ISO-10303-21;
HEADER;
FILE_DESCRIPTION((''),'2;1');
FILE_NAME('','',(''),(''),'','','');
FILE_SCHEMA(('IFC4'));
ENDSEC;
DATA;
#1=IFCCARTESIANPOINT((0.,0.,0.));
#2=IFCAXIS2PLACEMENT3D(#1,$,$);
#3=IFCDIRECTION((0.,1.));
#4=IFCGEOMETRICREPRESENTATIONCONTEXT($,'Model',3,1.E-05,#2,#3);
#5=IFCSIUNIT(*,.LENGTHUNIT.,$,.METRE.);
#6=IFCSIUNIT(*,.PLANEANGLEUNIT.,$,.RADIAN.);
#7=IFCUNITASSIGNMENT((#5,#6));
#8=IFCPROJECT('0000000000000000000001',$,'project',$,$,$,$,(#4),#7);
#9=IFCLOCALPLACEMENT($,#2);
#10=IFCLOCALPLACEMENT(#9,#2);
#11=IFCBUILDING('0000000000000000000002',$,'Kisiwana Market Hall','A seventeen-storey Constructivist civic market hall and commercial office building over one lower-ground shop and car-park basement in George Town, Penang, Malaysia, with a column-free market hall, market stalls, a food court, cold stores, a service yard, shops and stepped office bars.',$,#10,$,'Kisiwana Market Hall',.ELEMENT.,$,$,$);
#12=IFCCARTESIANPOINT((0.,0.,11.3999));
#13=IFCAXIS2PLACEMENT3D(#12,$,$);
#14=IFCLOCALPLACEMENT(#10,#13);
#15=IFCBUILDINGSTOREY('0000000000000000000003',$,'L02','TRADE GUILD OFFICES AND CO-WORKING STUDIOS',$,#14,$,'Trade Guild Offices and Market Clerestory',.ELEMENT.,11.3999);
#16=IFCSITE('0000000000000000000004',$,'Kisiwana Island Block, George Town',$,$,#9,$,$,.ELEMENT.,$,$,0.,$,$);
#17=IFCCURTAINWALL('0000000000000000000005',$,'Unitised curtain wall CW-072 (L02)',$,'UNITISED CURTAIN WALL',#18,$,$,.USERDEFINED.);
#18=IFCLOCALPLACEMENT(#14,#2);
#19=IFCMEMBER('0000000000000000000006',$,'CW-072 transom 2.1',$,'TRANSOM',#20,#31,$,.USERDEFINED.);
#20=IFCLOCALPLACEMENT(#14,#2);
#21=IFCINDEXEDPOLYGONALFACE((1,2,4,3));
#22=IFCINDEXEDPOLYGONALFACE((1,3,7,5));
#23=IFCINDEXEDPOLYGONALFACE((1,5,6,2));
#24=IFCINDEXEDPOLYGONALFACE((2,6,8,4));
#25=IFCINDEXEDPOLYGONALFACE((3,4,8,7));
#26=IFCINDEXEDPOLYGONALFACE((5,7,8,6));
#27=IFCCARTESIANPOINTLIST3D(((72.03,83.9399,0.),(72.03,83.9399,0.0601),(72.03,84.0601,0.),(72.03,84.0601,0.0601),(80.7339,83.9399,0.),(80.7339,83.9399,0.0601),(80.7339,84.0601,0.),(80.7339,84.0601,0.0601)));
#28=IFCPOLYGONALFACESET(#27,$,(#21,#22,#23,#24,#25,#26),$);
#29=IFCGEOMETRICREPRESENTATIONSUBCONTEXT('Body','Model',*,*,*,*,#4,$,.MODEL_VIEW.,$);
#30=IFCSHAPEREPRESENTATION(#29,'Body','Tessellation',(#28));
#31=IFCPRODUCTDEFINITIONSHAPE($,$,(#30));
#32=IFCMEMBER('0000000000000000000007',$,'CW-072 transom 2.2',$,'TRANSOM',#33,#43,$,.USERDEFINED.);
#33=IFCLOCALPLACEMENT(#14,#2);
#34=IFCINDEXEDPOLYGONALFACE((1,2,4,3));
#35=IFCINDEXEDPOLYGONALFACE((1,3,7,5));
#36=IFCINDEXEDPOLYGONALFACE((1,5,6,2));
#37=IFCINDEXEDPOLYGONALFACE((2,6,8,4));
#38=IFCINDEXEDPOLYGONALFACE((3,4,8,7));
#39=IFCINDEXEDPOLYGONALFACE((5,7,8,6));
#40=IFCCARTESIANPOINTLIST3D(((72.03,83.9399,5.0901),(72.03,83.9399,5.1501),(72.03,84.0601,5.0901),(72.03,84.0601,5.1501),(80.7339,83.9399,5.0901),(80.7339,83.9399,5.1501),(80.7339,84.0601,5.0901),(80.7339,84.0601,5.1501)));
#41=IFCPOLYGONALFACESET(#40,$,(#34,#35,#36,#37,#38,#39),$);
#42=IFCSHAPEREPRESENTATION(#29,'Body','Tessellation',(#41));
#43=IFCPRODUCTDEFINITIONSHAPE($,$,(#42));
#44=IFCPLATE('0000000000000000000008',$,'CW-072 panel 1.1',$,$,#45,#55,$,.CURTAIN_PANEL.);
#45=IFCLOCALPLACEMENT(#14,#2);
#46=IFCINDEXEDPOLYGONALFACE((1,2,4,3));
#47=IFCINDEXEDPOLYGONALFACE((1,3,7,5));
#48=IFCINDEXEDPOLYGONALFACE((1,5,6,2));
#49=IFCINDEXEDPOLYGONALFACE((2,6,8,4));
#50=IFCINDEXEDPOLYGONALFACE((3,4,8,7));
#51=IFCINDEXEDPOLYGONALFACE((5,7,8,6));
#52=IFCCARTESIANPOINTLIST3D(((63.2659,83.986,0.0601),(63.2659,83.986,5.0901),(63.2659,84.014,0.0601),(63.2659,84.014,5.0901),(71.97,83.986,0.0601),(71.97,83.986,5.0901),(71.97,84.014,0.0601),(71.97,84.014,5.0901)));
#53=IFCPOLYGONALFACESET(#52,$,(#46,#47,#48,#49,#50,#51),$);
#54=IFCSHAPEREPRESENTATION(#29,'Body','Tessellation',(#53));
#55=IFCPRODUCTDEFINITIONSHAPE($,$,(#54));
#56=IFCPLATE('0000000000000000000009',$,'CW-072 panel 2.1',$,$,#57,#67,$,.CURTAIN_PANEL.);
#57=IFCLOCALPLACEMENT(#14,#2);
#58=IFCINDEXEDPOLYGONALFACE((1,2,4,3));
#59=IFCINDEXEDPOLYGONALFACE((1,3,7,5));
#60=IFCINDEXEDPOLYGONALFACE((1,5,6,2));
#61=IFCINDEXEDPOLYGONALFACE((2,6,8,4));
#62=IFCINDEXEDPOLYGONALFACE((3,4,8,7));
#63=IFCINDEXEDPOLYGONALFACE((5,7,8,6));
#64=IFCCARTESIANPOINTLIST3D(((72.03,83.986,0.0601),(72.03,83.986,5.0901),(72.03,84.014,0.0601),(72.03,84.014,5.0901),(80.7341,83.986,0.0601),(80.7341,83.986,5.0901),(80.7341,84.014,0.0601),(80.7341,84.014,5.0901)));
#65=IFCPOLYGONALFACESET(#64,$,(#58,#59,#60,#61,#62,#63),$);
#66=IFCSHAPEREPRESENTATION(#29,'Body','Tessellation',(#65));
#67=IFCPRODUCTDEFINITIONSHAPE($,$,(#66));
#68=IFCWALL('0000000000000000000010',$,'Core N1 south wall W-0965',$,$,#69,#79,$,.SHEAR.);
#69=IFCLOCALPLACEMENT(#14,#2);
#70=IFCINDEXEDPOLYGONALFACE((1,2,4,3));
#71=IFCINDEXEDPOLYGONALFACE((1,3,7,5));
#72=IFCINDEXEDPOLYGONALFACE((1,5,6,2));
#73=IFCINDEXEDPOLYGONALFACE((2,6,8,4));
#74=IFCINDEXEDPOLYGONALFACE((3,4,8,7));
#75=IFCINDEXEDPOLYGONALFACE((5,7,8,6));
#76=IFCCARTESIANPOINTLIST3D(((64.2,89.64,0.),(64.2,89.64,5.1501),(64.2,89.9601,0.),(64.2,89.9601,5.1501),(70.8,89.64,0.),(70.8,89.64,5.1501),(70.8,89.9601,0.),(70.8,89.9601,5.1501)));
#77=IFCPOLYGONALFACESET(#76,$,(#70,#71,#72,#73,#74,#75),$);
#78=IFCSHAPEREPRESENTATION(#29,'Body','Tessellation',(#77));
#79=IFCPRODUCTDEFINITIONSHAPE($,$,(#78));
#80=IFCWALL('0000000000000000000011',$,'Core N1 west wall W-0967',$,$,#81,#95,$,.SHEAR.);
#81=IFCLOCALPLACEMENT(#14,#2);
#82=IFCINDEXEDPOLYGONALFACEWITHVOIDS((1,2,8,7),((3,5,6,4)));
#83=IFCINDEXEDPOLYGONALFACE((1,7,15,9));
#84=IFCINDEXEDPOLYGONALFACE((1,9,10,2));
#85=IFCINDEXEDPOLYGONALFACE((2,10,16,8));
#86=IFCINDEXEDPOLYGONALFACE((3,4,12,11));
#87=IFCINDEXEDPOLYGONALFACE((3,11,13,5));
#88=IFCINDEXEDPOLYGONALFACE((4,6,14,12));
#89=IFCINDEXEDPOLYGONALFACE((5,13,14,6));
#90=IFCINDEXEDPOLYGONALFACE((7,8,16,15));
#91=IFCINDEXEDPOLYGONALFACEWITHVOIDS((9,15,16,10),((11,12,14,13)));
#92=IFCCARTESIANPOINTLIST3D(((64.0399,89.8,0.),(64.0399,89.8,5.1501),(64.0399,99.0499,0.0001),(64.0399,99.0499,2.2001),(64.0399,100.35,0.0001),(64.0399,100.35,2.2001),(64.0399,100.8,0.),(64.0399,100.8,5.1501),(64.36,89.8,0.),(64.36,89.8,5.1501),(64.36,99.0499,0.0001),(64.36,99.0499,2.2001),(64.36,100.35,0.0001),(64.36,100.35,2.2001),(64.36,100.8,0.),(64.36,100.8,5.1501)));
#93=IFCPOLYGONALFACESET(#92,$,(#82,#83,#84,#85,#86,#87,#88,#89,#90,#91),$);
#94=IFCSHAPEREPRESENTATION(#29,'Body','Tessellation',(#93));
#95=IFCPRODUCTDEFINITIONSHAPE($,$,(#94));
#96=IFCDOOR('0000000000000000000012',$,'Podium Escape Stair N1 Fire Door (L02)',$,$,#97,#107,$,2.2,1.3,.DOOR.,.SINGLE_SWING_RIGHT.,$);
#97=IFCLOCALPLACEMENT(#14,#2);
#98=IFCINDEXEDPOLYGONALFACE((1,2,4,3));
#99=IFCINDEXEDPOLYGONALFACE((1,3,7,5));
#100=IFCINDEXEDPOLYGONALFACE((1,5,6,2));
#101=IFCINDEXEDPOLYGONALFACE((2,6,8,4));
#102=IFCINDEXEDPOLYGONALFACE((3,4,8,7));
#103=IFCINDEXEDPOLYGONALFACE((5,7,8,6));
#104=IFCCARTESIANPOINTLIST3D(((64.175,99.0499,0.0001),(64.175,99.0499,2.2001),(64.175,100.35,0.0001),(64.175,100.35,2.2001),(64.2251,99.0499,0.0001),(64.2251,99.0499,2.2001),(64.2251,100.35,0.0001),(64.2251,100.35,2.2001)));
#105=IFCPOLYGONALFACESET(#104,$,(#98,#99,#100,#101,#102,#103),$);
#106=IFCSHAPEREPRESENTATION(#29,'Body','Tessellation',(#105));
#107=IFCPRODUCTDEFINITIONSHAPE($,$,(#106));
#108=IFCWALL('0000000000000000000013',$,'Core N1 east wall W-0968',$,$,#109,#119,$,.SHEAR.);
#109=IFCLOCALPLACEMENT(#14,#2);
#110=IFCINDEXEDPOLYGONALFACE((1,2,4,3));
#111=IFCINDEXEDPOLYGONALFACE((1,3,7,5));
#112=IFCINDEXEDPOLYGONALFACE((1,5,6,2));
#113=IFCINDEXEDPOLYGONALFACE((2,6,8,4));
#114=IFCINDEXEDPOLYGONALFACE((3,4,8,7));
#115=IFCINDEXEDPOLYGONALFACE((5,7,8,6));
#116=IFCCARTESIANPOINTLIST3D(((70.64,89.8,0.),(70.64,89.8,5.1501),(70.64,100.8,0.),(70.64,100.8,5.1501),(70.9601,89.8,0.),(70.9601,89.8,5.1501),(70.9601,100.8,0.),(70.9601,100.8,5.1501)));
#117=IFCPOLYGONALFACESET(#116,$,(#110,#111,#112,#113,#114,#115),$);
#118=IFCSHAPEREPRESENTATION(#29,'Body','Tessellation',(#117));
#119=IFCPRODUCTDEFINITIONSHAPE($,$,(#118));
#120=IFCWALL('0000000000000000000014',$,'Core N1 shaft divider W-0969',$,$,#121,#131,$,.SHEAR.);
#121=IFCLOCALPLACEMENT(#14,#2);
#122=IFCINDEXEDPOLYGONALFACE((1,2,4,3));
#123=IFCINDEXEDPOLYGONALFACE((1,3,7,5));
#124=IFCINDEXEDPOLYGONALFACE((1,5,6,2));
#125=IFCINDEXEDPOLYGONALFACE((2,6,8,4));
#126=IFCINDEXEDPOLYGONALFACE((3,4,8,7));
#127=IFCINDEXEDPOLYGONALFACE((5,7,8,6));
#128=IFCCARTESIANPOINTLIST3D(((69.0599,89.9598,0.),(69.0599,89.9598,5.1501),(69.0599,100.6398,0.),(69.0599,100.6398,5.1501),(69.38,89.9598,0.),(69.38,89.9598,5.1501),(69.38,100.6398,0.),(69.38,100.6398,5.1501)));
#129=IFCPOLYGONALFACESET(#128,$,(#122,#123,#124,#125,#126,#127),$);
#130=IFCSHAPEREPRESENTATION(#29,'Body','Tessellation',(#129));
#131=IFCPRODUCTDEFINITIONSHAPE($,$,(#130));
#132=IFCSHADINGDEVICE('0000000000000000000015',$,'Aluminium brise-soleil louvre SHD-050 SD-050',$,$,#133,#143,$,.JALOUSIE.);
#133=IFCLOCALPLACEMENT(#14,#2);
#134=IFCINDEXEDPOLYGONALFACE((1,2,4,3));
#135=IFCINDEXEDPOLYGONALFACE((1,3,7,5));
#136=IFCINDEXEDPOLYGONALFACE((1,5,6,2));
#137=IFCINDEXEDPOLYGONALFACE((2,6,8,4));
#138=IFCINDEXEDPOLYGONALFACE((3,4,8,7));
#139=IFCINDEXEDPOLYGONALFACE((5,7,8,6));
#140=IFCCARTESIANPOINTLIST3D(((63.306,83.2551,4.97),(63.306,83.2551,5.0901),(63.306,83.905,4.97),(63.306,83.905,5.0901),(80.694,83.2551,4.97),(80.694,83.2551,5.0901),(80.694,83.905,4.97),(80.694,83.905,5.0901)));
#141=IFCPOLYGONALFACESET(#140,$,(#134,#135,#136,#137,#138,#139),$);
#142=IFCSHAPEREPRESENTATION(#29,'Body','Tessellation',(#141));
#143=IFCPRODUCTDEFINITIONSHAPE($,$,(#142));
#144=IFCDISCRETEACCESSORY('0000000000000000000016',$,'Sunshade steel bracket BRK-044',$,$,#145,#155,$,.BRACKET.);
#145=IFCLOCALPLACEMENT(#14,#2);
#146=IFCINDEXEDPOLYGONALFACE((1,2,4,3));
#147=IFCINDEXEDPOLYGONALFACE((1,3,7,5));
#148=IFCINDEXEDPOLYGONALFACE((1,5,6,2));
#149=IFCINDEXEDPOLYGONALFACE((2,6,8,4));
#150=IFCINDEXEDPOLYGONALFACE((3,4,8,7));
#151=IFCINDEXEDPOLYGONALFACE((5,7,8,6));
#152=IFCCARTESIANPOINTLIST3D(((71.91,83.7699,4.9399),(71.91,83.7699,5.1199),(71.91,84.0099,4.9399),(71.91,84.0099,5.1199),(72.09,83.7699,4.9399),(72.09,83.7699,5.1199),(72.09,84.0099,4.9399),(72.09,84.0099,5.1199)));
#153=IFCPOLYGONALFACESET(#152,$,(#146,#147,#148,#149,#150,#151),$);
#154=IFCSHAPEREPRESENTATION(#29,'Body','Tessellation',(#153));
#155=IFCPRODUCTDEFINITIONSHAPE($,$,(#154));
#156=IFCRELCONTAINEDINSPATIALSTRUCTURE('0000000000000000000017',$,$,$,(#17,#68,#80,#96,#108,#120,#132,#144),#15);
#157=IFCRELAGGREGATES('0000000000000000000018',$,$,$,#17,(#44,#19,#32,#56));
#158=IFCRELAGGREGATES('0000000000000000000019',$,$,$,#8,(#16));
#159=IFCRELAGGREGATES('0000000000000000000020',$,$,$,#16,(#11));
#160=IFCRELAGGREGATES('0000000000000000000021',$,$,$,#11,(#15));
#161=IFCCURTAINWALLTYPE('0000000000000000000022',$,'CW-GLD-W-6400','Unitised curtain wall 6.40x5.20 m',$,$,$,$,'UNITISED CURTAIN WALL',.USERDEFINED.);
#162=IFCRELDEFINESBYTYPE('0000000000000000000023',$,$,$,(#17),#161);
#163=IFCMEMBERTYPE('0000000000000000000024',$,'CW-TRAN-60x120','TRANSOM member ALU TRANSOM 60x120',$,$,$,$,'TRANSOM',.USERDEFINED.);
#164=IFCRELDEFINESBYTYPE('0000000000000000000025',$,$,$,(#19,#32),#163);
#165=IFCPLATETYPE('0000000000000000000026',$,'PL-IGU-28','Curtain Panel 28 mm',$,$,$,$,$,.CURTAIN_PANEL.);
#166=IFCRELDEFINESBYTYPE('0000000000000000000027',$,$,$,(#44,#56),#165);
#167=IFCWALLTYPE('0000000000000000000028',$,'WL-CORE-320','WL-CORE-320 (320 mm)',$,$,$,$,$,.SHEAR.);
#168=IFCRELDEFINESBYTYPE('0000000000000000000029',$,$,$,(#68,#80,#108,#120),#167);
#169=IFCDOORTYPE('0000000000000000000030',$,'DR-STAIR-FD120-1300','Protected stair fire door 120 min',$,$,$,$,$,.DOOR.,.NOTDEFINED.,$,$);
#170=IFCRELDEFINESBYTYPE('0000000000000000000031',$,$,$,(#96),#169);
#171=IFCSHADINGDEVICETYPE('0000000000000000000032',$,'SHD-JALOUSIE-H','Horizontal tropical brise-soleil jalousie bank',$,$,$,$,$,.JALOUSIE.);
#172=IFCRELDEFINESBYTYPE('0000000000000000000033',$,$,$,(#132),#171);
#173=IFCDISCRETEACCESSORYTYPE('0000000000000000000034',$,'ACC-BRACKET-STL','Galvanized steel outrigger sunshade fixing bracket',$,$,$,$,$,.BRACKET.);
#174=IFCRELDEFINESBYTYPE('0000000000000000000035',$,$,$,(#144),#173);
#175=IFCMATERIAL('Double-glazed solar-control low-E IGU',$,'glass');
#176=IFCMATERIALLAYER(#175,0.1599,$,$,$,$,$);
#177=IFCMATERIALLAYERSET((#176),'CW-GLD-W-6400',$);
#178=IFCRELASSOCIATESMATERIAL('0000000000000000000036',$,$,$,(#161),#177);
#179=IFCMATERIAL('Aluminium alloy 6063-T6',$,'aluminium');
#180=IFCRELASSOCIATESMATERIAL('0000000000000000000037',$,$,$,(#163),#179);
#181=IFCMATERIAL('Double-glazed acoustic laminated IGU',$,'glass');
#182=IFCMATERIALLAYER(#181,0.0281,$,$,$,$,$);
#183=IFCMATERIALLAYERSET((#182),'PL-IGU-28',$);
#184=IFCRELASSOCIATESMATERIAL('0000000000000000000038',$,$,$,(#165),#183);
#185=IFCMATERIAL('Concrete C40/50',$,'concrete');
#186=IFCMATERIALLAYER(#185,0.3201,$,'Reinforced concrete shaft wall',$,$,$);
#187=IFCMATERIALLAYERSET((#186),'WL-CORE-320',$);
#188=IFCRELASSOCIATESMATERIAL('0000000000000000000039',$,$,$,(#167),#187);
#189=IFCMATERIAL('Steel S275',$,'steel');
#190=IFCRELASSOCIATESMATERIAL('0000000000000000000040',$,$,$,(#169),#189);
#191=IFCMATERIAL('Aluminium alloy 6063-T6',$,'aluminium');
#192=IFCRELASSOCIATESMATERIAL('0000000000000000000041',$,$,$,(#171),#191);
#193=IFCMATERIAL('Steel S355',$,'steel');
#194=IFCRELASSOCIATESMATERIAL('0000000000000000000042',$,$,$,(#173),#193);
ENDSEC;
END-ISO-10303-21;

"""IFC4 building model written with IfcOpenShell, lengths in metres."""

from ifc_helpers import new_model, si_unit, direction, frame, frame_2d, origin, origin_2d, place, context, subcontext, project, spatial, rectangle, extrude, material, layer, layer_set, material_profile, profile_set, type_object, element, fill, aggregate, save


model = new_model("IFC4")

# Units and contexts
model_context = context("Model", 3, precision=1e-05, world=origin(), true_north=direction((0.0, 1.0)))
body_context = subcontext(model_context, "Body", "Model", "MODEL_VIEW")
ifc_project = project(units=[si_unit("LENGTHUNIT", "METRE"), si_unit("PLANEANGLEUNIT", "RADIAN")], contexts=[model_context])

# Site, building, storey
site_placement = place(None, origin())
site = spatial("IfcSite", under=ifc_project, at=site_placement, Name="Kisiwana Island Block, George Town", CompositionType="ELEMENT", RefElevation=0.0)
building_placement = place(site_placement, origin())
building = spatial("IfcBuilding", under=site, at=building_placement, Name="Kisiwana Market Hall", Description="A seventeen-storey Constructivist civic market hall and commercial office building over one lower-ground shop and car-park basement in George Town, Penang, Malaysia, with a column-free market hall, market stalls, a food court, cold stores, a service yard, shops and stepped office bars.", LongName="Kisiwana Market Hall", CompositionType="ELEMENT")
storey_placement = place(building_placement, frame((0.0, 0.0, 11.3999)))
storey = spatial("IfcBuildingStorey", under=building, at=storey_placement, Name="L02", Description="TRADE GUILD OFFICES AND CO-WORKING STUDIOS", LongName="Trade Guild Offices and Market Clerestory", CompositionType="ELEMENT", Elevation=11.3999)

# Curtain wall, members, plates
ifc_material_1 = material(Name="Double-glazed solar-control low-E IGU", Category="glass")
ifc_layer_1 = layer(ifc_material_1, 0.1599)
ifc_layer_set_1 = layer_set([ifc_layer_1], Name="CW-GLD-W-6400")
curtain_wall_type = type_object("IfcCurtainWallType", Name="CW-GLD-W-6400", Description="Unitised curtain wall 6.40x5.20 m", ElementType="UNITISED CURTAIN WALL", PredefinedType="USERDEFINED", material=ifc_layer_set_1)
curtain_wall_placement = place(storey_placement, origin())
curtain_wall = element("IfcCurtainWall", 1, at=curtain_wall_placement, inside=storey, type_object=curtain_wall_type, Name="Unitised curtain wall CW-072 (L02)", ObjectType="UNITISED CURTAIN WALL", PredefinedType="USERDEFINED")
ifc_material_2 = material(Name="Aluminium alloy 6063-T6", Category="aluminium")
ifc_material_profile_1 = material_profile(ifc_material_2, rectangle(XDim=0.1201, YDim=0.0601, at=origin_2d()), Name="ALU TRANSOM 60x120")
ifc_profile_set_1 = profile_set([ifc_material_profile_1], Name="Aluminium alloy 6063-T6")
member_type_1 = type_object("IfcMemberType", Name="CW-TRAN-60x120", Description="TRANSOM member ALU TRANSOM 60x120", ElementType="TRANSOM", PredefinedType="USERDEFINED", material=ifc_profile_set_1)
member_1_placement = place(storey_placement, frame((72.03, 84.0, 0.03), z_axis=(1.0, 0.0, 0.0), x_axis=(0.0, 1.0, 0.0)))
member_1 = element("IfcMember", 2, at=member_1_placement, type_object=member_type_1, Name="CW-072 transom 2.1", ObjectType="TRANSOM", PredefinedType="USERDEFINED", context=body_context, shape_type="SweptSolid", body=[
    extrude(rectangle(XDim=0.1201, YDim=0.0601, at=origin_2d()), origin(), (0.0, 0.0, 1.0), 8.7039),
])
member_2_placement = place(storey_placement, frame((72.03, 84.0, 5.1201), z_axis=(1.0, 0.0, 0.0), x_axis=(0.0, 1.0, 0.0)))
member_2 = element("IfcMember", 3, at=member_2_placement, type_object=member_type_1, Name="CW-072 transom 2.2", ObjectType="TRANSOM", PredefinedType="USERDEFINED", context=body_context, shape_type="SweptSolid", body=[
    extrude(rectangle(XDim=0.1201, YDim=0.0601, at=origin_2d()), origin(), (0.0, 0.0, 1.0), 8.7039),
])
ifc_material_3 = material(Name="Double-glazed acoustic laminated IGU", Category="glass")
ifc_layer_2 = layer(ifc_material_3, 0.0281)
ifc_layer_set_2 = layer_set([ifc_layer_2], Name="PL-IGU-28")
plate_type = type_object("IfcPlateType", Name="PL-IGU-28", Description="Curtain Panel 28 mm", PredefinedType="CURTAIN_PANEL", material=ifc_layer_set_2)
plate_1_placement = place(storey_placement, frame((67.6179, 84.0, 0.0601), z_axis=(0.0, 0.0, 1.0), x_axis=(1.0, 0.0, 0.0)))
plate_1 = element("IfcPlate", 4, at=plate_1_placement, type_object=plate_type, Name="CW-072 panel 1.1", PredefinedType="CURTAIN_PANEL", context=body_context, shape_type="SweptSolid", body=[
    extrude(rectangle(XDim=8.7041, YDim=0.0281, at=origin_2d()), origin(), (0.0, 0.0, 1.0), 5.03),
])
plate_2_placement = place(storey_placement, frame((76.3821, 84.0, 0.0601), z_axis=(0.0, 0.0, 1.0), x_axis=(1.0, 0.0, 0.0)))
plate_2 = element("IfcPlate", 5, at=plate_2_placement, type_object=plate_type, Name="CW-072 panel 2.1", PredefinedType="CURTAIN_PANEL", context=body_context, shape_type="SweptSolid", body=[
    extrude(rectangle(XDim=8.7041, YDim=0.0281, at=origin_2d()), origin(), (0.0, 0.0, 1.0), 5.03),
])
aggregate(curtain_wall, [plate_1, member_1, member_2, plate_2])

# Wall
ifc_material_4 = material(Name="Concrete C40/50", Category="concrete")
ifc_layer_3 = layer(ifc_material_4, 0.3201, Name="Reinforced concrete shaft wall")
ifc_layer_set_3 = layer_set([ifc_layer_3], Name="WL-CORE-320")
wall_type = type_object("IfcWallType", Name="WL-CORE-320", Description="WL-CORE-320 (320 mm)", PredefinedType="SHEAR", material=ifc_layer_set_3)
wall_1_placement = place(storey_placement, frame((64.2, 89.8, 0.0), z_axis=(0.0, 0.0, 1.0), x_axis=(1.0, 0.0, 0.0)))
element("IfcWall", 6, at=wall_1_placement, inside=storey, type_object=wall_type, Name="Core N1 south wall W-0965", PredefinedType="SHEAR", context=body_context, shape_type="SweptSolid", body=[
    extrude(rectangle(XDim=6.6001, YDim=0.3201, at=frame_2d((3.3, 0.0))), origin(), (0.0, 0.0, 1.0), 5.1501),
])

# Wall, opening, door
wall_2_placement = place(storey_placement, frame((64.2, 89.8, 0.0), z_axis=(0.0, 0.0, 1.0), x_axis=(0.0, 1.0, 0.0)))
wall_2 = element("IfcWall", 7, at=wall_2_placement, inside=storey, type_object=wall_type, Name="Core N1 west wall W-0967", PredefinedType="SHEAR", context=body_context, shape_type="SweptSolid", body=[
    extrude(rectangle(XDim=11.0, YDim=0.3201, at=frame_2d((5.5, 0.0))), origin(), (0.0, 0.0, 1.0), 5.1501),
])
opening_placement = place(wall_2_placement, frame((9.25, 0.0, 0.0)))
opening = element("IfcOpeningElement", 8, at=opening_placement, cuts=wall_2, PredefinedType="OPENING", context=body_context, shape_type="SweptSolid", body=[
    extrude(rectangle(XDim=1.3, YDim=2.2, at=frame_2d((0.6499, 1.1001))), frame((0.0, 0.1719, 0.0), z_axis=(0.0, -1.0, 0.0), x_axis=(1.0, 0.0, 0.0)), (0.0, 0.0, 1.0), 0.344),
])
ifc_material_5 = material(Name="Steel S275", Category="steel")
door_type = type_object("IfcDoorType", Name="DR-STAIR-FD120-1300", Description="Protected stair fire door 120 min", OperationType="NOTDEFINED", PredefinedType="DOOR", material=ifc_material_5)
door_placement = place(opening_placement, origin())
door = element("IfcDoor", 9, at=door_placement, inside=storey, type_object=door_type, Name="Podium Escape Stair N1 Fire Door (L02)", OperationType="SINGLE_SWING_RIGHT", OverallHeight=2.2, OverallWidth=1.3, PredefinedType="DOOR", context=body_context, shape_type="SweptSolid", body=[
    extrude(rectangle(XDim=1.3, YDim=2.2, at=frame_2d((0.6499, 1.1001))), frame((0.0, 0.0249, 0.0), z_axis=(0.0, -1.0, 0.0), x_axis=(1.0, 0.0, 0.0)), (0.0, 0.0, 1.0), 0.05),
])
fill(opening, door)

# Walls
wall_3_placement = place(storey_placement, frame((70.8, 89.8, 0.0), z_axis=(0.0, 0.0, 1.0), x_axis=(0.0, 1.0, 0.0)))
element("IfcWall", 10, at=wall_3_placement, inside=storey, type_object=wall_type, Name="Core N1 east wall W-0968", PredefinedType="SHEAR", context=body_context, shape_type="SweptSolid", body=[
    extrude(rectangle(XDim=11.0, YDim=0.3201, at=frame_2d((5.5, 0.0))), origin(), (0.0, 0.0, 1.0), 5.1501),
])
wall_4_placement = place(storey_placement, frame((69.22, 89.96, 0.0), z_axis=(0.0, 0.0, 1.0), x_axis=(0.0, 1.0, 0.0)))
element("IfcWall", 11, at=wall_4_placement, inside=storey, type_object=wall_type, Name="Core N1 shaft divider W-0969", PredefinedType="SHEAR", context=body_context, shape_type="SweptSolid", body=[
    extrude(rectangle(XDim=10.6799, YDim=0.3201, at=frame_2d((5.3398, 0.0))), origin(), (0.0, 0.0, 1.0), 5.1501),
])

# Shading device
ifc_material_6 = material(Name="Aluminium alloy 6063-T6", Category="aluminium")
shading_device_type = type_object("IfcShadingDeviceType", Name="SHD-JALOUSIE-H", Description="Horizontal tropical brise-soleil jalousie bank", PredefinedType="JALOUSIE", material=ifc_material_6)
shading_device_placement = place(storey_placement, frame((72.0, 83.5801, 4.97), z_axis=(0.0, 0.0, 1.0), x_axis=(1.0, 0.0, 0.0)))
element("IfcShadingDevice", 12, at=shading_device_placement, inside=storey, type_object=shading_device_type, Name="Aluminium brise-soleil louvre SHD-050 SD-050", PredefinedType="JALOUSIE", context=body_context, shape_type="SweptSolid", body=[
    extrude(rectangle(XDim=17.3879, YDim=0.6499, at=origin_2d()), origin(), (0.0, 0.0, 1.0), 0.1201),
])

# Discrete accessory
ifc_material_7 = material(Name="Steel S355", Category="steel")
discrete_accessory_type = type_object("IfcDiscreteAccessoryType", Name="ACC-BRACKET-STL", Description="Galvanized steel outrigger sunshade fixing bracket", PredefinedType="BRACKET", material=ifc_material_7)
discrete_accessory_placement = place(storey_placement, frame((72.0, 83.8899, 4.9399), z_axis=(0.0, 0.0, 1.0), x_axis=(1.0, 0.0, 0.0)))
element("IfcDiscreteAccessory", 13, at=discrete_accessory_placement, inside=storey, type_object=discrete_accessory_type, Name="Sunshade steel bracket BRK-044", PredefinedType="BRACKET", context=body_context, shape_type="SweptSolid", body=[
    extrude(rectangle(XDim=0.1799, YDim=0.24, at=origin_2d()), origin(), (0.0, 0.0, 1.0), 0.1799),
])

save(model, "model.ifc")
